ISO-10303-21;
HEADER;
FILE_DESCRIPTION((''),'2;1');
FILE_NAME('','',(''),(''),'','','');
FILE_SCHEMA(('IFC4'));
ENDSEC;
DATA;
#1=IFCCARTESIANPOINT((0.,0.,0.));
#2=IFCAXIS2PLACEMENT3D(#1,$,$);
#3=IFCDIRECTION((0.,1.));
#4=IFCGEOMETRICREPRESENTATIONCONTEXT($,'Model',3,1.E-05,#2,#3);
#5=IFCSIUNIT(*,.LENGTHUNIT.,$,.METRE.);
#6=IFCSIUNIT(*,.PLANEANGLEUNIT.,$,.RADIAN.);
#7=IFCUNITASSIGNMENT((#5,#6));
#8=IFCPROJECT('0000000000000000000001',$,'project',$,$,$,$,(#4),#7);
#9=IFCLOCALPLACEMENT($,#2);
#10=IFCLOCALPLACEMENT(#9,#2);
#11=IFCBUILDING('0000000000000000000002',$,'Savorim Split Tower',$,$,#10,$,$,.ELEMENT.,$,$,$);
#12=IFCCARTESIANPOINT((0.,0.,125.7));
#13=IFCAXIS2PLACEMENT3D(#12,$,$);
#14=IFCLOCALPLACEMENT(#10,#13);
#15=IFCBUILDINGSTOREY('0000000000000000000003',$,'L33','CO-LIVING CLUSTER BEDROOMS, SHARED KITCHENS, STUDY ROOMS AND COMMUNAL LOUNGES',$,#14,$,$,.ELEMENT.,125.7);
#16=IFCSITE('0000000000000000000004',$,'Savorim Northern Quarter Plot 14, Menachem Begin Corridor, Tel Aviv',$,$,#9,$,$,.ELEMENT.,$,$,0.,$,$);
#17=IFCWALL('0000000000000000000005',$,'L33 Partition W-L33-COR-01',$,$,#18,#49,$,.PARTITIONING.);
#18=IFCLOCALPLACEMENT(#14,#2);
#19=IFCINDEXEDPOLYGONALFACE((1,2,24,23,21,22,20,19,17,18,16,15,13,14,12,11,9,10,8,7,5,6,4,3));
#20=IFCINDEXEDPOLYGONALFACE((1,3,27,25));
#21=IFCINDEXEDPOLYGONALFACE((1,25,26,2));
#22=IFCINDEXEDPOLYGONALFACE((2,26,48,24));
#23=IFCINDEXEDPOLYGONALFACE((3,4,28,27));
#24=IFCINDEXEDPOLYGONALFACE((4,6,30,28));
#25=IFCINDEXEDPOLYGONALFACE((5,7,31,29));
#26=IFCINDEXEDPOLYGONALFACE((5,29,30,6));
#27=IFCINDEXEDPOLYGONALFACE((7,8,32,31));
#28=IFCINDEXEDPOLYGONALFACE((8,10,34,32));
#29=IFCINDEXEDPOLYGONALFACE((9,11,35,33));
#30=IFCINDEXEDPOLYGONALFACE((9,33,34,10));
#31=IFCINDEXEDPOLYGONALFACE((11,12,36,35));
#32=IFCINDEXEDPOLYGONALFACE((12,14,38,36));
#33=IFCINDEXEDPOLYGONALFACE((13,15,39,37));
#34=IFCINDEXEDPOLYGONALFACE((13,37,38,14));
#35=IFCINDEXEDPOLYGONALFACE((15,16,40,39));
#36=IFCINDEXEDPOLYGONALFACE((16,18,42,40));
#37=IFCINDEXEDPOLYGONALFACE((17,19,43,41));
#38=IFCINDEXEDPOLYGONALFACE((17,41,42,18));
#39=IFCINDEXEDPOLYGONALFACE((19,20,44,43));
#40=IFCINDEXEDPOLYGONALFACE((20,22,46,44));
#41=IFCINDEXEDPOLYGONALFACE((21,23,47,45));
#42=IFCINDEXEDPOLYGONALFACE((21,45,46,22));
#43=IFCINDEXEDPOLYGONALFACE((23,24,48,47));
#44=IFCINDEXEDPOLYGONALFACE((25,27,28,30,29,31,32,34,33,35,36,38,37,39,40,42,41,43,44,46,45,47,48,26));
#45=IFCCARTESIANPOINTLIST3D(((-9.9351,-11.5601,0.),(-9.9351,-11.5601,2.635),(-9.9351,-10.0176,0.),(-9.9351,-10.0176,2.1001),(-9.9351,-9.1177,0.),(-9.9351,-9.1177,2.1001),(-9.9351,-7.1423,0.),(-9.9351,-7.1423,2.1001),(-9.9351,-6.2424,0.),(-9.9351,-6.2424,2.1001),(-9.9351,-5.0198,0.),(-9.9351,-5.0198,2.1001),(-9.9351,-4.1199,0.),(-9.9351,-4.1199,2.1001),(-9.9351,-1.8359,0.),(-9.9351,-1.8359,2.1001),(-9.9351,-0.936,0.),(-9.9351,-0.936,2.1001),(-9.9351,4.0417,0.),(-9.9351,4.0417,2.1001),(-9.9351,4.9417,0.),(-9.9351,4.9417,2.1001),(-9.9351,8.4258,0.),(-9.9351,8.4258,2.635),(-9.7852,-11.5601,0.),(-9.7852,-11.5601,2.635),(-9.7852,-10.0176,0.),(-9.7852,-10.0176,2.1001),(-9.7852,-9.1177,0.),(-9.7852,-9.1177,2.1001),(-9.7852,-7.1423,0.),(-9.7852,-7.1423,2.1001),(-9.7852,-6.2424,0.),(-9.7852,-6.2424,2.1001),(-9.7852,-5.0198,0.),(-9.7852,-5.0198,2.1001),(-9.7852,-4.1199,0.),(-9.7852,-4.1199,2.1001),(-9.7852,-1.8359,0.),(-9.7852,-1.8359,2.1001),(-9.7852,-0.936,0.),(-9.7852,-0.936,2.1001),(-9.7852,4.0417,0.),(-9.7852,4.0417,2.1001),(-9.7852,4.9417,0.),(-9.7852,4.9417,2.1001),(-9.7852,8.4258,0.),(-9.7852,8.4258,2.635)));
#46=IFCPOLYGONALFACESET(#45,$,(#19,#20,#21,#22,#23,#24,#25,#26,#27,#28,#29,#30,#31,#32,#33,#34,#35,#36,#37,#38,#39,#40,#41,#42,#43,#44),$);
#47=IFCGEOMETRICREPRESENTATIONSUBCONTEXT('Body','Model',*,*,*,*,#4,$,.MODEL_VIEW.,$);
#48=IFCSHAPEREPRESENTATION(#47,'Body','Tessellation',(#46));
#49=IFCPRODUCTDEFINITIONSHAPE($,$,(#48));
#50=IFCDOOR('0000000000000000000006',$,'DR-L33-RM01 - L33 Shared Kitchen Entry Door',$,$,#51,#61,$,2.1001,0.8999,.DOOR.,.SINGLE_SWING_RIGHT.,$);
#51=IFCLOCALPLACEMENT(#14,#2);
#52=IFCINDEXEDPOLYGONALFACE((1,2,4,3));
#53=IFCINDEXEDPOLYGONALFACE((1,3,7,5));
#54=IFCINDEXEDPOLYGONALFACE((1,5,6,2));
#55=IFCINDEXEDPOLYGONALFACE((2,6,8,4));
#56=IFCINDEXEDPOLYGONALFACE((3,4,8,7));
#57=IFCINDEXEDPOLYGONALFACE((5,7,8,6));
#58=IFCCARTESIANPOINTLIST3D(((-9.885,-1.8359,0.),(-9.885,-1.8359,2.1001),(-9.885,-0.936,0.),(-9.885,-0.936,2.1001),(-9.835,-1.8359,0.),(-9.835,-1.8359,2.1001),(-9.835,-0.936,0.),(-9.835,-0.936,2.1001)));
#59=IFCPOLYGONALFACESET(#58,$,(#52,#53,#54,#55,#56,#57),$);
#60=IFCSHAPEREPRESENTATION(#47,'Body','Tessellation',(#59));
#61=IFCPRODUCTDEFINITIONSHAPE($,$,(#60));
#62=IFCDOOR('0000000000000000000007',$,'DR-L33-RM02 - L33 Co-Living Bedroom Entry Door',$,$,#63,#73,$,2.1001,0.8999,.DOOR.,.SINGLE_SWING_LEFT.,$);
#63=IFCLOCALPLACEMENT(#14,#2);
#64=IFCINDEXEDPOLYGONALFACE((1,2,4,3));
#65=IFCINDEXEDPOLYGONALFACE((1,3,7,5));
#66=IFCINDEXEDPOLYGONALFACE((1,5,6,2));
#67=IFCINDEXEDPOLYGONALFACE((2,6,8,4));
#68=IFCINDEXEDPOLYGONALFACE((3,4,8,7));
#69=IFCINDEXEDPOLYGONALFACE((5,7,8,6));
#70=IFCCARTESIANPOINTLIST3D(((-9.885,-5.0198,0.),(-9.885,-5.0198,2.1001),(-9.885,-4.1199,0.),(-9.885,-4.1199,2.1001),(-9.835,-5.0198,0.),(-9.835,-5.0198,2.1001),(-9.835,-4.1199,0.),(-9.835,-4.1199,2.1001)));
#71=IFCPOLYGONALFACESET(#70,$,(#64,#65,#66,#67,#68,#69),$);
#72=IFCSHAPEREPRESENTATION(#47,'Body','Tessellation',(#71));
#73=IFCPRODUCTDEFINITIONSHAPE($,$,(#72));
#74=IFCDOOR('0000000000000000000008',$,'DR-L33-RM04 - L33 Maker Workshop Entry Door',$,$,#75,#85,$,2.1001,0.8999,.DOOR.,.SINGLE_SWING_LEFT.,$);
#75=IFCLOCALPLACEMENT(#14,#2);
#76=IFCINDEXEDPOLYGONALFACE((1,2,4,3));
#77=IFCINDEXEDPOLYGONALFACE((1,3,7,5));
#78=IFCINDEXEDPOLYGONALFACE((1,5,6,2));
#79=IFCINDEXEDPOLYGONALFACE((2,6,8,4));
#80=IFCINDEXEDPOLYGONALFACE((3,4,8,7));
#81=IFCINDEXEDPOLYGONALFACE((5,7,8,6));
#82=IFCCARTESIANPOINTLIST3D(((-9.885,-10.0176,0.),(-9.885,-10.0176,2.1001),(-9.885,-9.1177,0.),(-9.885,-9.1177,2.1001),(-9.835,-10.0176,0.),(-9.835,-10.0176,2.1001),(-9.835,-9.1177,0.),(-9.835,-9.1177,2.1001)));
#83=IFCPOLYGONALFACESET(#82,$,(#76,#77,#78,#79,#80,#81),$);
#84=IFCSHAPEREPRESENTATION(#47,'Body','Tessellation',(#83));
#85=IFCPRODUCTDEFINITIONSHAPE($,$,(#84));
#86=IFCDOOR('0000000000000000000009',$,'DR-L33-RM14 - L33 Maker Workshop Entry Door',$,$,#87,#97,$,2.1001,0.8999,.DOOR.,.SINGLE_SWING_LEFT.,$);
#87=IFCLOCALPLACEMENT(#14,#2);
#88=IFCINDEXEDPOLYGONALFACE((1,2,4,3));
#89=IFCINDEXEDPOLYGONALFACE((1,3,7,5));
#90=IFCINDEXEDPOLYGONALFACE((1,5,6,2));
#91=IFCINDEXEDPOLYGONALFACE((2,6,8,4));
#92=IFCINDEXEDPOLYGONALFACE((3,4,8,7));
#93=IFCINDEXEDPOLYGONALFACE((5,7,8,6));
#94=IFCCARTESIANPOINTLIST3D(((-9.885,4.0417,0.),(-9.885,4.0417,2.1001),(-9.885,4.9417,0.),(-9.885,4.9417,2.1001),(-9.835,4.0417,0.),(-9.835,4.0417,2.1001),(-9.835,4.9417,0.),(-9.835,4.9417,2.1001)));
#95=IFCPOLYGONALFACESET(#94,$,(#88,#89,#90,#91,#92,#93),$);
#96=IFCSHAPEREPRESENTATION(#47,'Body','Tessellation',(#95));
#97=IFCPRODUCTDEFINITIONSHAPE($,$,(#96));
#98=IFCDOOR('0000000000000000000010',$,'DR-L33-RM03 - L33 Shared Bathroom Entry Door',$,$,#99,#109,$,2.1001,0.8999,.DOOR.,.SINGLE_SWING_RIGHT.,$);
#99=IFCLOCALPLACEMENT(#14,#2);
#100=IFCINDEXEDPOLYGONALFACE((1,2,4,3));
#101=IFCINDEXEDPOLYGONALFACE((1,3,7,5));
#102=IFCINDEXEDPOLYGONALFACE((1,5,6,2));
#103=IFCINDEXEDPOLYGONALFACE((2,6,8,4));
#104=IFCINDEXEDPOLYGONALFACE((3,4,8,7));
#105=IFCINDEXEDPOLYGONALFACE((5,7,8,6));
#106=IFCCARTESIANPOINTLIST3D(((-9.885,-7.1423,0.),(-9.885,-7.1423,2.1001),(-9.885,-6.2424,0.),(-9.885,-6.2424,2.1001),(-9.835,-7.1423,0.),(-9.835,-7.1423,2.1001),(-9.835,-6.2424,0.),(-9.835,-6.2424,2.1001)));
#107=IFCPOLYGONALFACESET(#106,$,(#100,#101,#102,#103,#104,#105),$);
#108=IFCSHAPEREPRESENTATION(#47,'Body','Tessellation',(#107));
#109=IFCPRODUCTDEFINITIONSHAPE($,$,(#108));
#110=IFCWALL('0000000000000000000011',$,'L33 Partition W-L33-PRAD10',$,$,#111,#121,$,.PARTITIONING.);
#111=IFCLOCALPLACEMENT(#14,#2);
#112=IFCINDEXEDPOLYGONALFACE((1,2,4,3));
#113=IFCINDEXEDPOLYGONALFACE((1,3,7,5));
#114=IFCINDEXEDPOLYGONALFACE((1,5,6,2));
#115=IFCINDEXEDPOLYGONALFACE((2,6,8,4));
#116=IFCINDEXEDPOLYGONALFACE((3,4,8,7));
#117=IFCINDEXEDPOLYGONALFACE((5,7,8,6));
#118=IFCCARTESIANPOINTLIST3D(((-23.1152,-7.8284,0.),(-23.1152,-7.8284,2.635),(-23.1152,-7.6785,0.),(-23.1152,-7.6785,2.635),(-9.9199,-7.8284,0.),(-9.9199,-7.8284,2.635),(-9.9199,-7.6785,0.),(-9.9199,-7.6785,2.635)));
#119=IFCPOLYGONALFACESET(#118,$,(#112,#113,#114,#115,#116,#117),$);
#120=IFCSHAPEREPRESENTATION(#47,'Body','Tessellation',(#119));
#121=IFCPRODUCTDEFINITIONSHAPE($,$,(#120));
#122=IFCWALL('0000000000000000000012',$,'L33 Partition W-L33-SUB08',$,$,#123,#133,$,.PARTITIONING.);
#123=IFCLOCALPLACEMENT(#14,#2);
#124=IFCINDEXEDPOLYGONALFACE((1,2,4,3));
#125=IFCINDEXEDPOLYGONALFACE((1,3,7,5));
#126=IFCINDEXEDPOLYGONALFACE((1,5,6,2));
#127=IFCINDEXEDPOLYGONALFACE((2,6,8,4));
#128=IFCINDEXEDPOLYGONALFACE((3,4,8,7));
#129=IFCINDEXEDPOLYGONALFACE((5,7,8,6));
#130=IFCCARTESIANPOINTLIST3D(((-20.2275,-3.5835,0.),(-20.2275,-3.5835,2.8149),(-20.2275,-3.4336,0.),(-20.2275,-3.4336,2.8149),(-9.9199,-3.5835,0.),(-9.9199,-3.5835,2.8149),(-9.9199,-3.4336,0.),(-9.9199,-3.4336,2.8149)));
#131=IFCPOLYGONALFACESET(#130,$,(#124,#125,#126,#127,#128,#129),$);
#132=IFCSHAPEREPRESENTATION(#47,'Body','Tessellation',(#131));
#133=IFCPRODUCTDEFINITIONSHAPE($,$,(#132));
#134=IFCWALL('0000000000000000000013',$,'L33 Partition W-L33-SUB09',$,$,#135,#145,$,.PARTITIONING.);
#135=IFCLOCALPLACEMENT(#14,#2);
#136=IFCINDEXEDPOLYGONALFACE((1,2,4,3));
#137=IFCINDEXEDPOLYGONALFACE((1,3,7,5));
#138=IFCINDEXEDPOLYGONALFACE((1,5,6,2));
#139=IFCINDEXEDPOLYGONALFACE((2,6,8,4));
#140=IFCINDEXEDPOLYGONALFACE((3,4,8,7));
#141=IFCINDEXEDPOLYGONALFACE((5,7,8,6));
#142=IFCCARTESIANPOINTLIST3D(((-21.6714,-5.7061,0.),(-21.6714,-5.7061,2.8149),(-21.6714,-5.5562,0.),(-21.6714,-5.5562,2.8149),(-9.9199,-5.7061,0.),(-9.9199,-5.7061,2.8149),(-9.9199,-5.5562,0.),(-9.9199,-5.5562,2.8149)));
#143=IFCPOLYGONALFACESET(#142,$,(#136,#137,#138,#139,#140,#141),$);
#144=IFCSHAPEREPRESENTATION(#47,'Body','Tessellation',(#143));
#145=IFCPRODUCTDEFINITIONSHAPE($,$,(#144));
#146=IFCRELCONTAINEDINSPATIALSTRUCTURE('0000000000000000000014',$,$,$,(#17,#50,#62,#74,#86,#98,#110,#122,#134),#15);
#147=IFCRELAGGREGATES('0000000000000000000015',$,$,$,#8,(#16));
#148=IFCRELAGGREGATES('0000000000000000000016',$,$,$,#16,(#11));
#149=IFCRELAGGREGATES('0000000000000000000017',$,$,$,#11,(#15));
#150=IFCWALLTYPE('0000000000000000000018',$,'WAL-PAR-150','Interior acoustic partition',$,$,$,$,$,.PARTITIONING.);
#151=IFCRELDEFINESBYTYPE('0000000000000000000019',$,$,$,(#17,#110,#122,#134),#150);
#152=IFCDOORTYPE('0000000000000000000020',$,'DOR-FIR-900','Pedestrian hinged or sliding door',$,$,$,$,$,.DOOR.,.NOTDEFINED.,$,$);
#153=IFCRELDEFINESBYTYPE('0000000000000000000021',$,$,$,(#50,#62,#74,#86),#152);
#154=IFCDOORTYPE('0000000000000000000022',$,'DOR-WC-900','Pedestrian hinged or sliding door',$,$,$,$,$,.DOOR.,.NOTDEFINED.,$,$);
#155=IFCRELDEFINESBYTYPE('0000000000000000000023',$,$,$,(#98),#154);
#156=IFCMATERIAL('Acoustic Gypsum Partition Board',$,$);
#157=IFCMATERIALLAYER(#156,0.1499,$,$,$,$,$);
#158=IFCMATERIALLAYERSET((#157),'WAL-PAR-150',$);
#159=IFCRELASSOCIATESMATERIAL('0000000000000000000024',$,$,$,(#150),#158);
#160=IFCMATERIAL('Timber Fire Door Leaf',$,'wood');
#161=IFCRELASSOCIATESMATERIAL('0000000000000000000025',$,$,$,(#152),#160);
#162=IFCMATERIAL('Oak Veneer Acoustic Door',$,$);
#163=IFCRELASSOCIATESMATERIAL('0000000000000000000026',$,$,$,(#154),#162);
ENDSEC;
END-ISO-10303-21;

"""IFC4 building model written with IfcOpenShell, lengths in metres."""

from ifc_helpers import new_model, si_unit, direction, frame, frame_2d, origin, place, context, subcontext, project, spatial, rectangle, extrude, material, layer, layer_set, type_object, element, fill, save


model = new_model("IFC4")

# Units and contexts
model_context = context("Model", 3, precision=1e-05, world=origin(), true_north=direction((0.0, 1.0)))
body_context = subcontext(model_context, "Body", "Model", "MODEL_VIEW")
ifc_project = project(units=[si_unit("LENGTHUNIT", "METRE"), si_unit("PLANEANGLEUNIT", "RADIAN")], contexts=[model_context])

# Site, building, storey
site_placement = place(None, origin())
site = spatial("IfcSite", under=ifc_project, at=site_placement, Name="Savorim Northern Quarter Plot 14, Menachem Begin Corridor, Tel Aviv", CompositionType="ELEMENT", RefElevation=0.0)
building_placement = place(site_placement, origin())
building = spatial("IfcBuilding", under=site, at=building_placement, Name="Savorim Split Tower", CompositionType="ELEMENT")
storey_placement = place(building_placement, frame((0.0, 0.0, 125.7)))
storey = spatial("IfcBuildingStorey", under=building, at=storey_placement, Name="L33", Description="CO-LIVING CLUSTER BEDROOMS, SHARED KITCHENS, STUDY ROOMS AND COMMUNAL LOUNGES", CompositionType="ELEMENT", Elevation=125.7)

# Shared definitions
ifc_material_1 = material(Name="Timber Fire Door Leaf", Category="wood")

# Wall, openings, doors
ifc_material_2 = material(Name="Acoustic Gypsum Partition Board")
ifc_layer_1 = layer(ifc_material_2, 0.1499)
ifc_layer_set_1 = layer_set([ifc_layer_1], Name="WAL-PAR-150")
wall_type_1 = type_object("IfcWallType", Name="WAL-PAR-150", Description="Interior acoustic partition", PredefinedType="PARTITIONING", material=ifc_layer_set_1)
wall_1_placement = place(storey_placement, frame((-9.8601, -11.5601, 0.0), z_axis=(0.0, 0.0, 1.0), x_axis=(0.0, 1.0, 0.0)))
wall_1 = element("IfcWall", 1, at=wall_1_placement, inside=storey, type_object=wall_type_1, Name="L33 Partition W-L33-COR-01", PredefinedType="PARTITIONING", context=body_context, shape_type="SweptSolid", body=[
    extrude(rectangle(XDim=19.9858, YDim=0.1499, at=frame_2d((9.9929, 0.0))), origin(), (0.0, 0.0, 1.0), 2.635),
])
opening_1_placement = place(wall_1_placement, frame((9.7241, 0.0, 0.0)))
opening_1 = element("IfcOpeningElement", 2, at=opening_1_placement, cuts=wall_1, PredefinedType="OPENING", context=body_context, shape_type="SweptSolid", body=[
    extrude(rectangle(XDim=0.8999, YDim=2.1001, at=frame_2d((0.45, 1.05))), frame((0.0, 0.085, 0.0), z_axis=(0.0, -1.0, 0.0), x_axis=(1.0, 0.0, 0.0)), (0.0, 0.0, 1.0), 0.1699),
])
opening_2_placement = place(wall_1_placement, frame((6.5403, 0.0, 0.0)))
opening_2 = element("IfcOpeningElement", 3, at=opening_2_placement, cuts=wall_1, PredefinedType="OPENING", context=body_context, shape_type="SweptSolid", body=[
    extrude(rectangle(XDim=0.8999, YDim=2.1001, at=frame_2d((0.45, 1.05))), frame((0.0, 0.085, 0.0), z_axis=(0.0, -1.0, 0.0), x_axis=(1.0, 0.0, 0.0)), (0.0, 0.0, 1.0), 0.1699),
])
opening_3_placement = place(wall_1_placement, frame((4.4177, 0.0, 0.0)))
opening_3 = element("IfcOpeningElement", 4, at=opening_3_placement, cuts=wall_1, PredefinedType="OPENING", context=body_context, shape_type="SweptSolid", body=[
    extrude(rectangle(XDim=0.8999, YDim=2.1001, at=frame_2d((0.45, 1.05))), frame((0.0, 0.085, 0.0), z_axis=(0.0, -1.0, 0.0), x_axis=(1.0, 0.0, 0.0)), (0.0, 0.0, 1.0), 0.1699),
])
opening_4_placement = place(wall_1_placement, frame((1.5425, 0.0, 0.0)))
opening_4 = element("IfcOpeningElement", 5, at=opening_4_placement, cuts=wall_1, PredefinedType="OPENING", context=body_context, shape_type="SweptSolid", body=[
    extrude(rectangle(XDim=0.8999, YDim=2.1001, at=frame_2d((0.45, 1.05))), frame((0.0, 0.085, 0.0), z_axis=(0.0, -1.0, 0.0), x_axis=(1.0, 0.0, 0.0)), (0.0, 0.0, 1.0), 0.1699),
])
opening_5_placement = place(wall_1_placement, frame((15.6018, 0.0, 0.0)))
opening_5 = element("IfcOpeningElement", 6, at=opening_5_placement, cuts=wall_1, PredefinedType="OPENING", context=body_context, shape_type="SweptSolid", body=[
    extrude(rectangle(XDim=0.8999, YDim=2.1001, at=frame_2d((0.45, 1.05))), frame((0.0, 0.085, 0.0), z_axis=(0.0, -1.0, 0.0), x_axis=(1.0, 0.0, 0.0)), (0.0, 0.0, 1.0), 0.1699),
])
door_type_1 = type_object("IfcDoorType", Name="DOR-FIR-900", Description="Pedestrian hinged or sliding door", OperationType="NOTDEFINED", PredefinedType="DOOR", material=ifc_material_1)
door_1_placement = place(opening_1_placement, origin())
door_1 = element("IfcDoor", 7, at=door_1_placement, inside=storey, type_object=door_type_1, Name="DR-L33-RM01 - L33 Shared Kitchen Entry Door", OperationType="SINGLE_SWING_RIGHT", OverallHeight=2.1001, OverallWidth=0.8999, PredefinedType="DOOR", context=body_context, shape_type="SweptSolid", body=[
    extrude(rectangle(XDim=0.8999, YDim=2.1001, at=frame_2d((0.45, 1.05))), frame((0.0, 0.0249, 0.0), z_axis=(0.0, -1.0, 0.0), x_axis=(1.0, 0.0, 0.0)), (0.0, 0.0, 1.0), 0.05),
])
fill(opening_1, door_1)
door_2_placement = place(opening_2_placement, origin())
door_2 = element("IfcDoor", 8, at=door_2_placement, inside=storey, type_object=door_type_1, Name="DR-L33-RM02 - L33 Co-Living Bedroom Entry Door", OperationType="SINGLE_SWING_LEFT", OverallHeight=2.1001, OverallWidth=0.8999, PredefinedType="DOOR", context=body_context, shape_type="SweptSolid", body=[
    extrude(rectangle(XDim=0.8999, YDim=2.1001, at=frame_2d((0.45, 1.05))), frame((0.0, 0.0249, 0.0), z_axis=(0.0, -1.0, 0.0), x_axis=(1.0, 0.0, 0.0)), (0.0, 0.0, 1.0), 0.05),
])
fill(opening_2, door_2)
door_3_placement = place(opening_4_placement, origin())
door_3 = element("IfcDoor", 9, at=door_3_placement, inside=storey, type_object=door_type_1, Name="DR-L33-RM04 - L33 Maker Workshop Entry Door", OperationType="SINGLE_SWING_LEFT", OverallHeight=2.1001, OverallWidth=0.8999, PredefinedType="DOOR", context=body_context, shape_type="SweptSolid", body=[
    extrude(rectangle(XDim=0.8999, YDim=2.1001, at=frame_2d((0.45, 1.05))), frame((0.0, 0.0249, 0.0), z_axis=(0.0, -1.0, 0.0), x_axis=(1.0, 0.0, 0.0)), (0.0, 0.0, 1.0), 0.05),
])
fill(opening_4, door_3)
door_4_placement = place(opening_5_placement, origin())
door_4 = element("IfcDoor", 10, at=door_4_placement, inside=storey, type_object=door_type_1, Name="DR-L33-RM14 - L33 Maker Workshop Entry Door", OperationType="SINGLE_SWING_LEFT", OverallHeight=2.1001, OverallWidth=0.8999, PredefinedType="DOOR", context=body_context, shape_type="SweptSolid", body=[
    extrude(rectangle(XDim=0.8999, YDim=2.1001, at=frame_2d((0.45, 1.05))), frame((0.0, 0.0249, 0.0), z_axis=(0.0, -1.0, 0.0), x_axis=(1.0, 0.0, 0.0)), (0.0, 0.0, 1.0), 0.05),
])
fill(opening_5, door_4)
ifc_material_3 = material(Name="Oak Veneer Acoustic Door")
door_type_2 = type_object("IfcDoorType", Name="DOR-WC-900", Description="Pedestrian hinged or sliding door", OperationType="NOTDEFINED", PredefinedType="DOOR", material=ifc_material_3)
door_5_placement = place(opening_3_placement, origin())
door_5 = element("IfcDoor", 11, at=door_5_placement, inside=storey, type_object=door_type_2, Name="DR-L33-RM03 - L33 Shared Bathroom Entry Door", OperationType="SINGLE_SWING_RIGHT", OverallHeight=2.1001, OverallWidth=0.8999, PredefinedType="DOOR", context=body_context, shape_type="SweptSolid", body=[
    extrude(rectangle(XDim=0.8999, YDim=2.1001, at=frame_2d((0.45, 1.05))), frame((0.0, 0.0249, 0.0), z_axis=(0.0, -1.0, 0.0), x_axis=(1.0, 0.0, 0.0)), (0.0, 0.0, 1.0), 0.05),
])
fill(opening_3, door_5)

# Walls
wall_2_placement = place(storey_placement, frame((-9.9199, -7.7534, 0.0), z_axis=(0.0, 0.0, 1.0), x_axis=(-1.0, 0.0, 0.0)))
element("IfcWall", 12, at=wall_2_placement, inside=storey, type_object=wall_type_1, Name="L33 Partition W-L33-PRAD10", PredefinedType="PARTITIONING", context=body_context, shape_type="SweptSolid", body=[
    extrude(rectangle(XDim=13.1953, YDim=0.1499, at=frame_2d((6.5977, 0.0))), origin(), (0.0, 0.0, 1.0), 2.635),
])
wall_3_placement = place(storey_placement, frame((-9.9199, -3.5085, 0.0), z_axis=(0.0, 0.0, 1.0), x_axis=(-1.0, 0.0, 0.0)))
element("IfcWall", 13, at=wall_3_placement, inside=storey, type_object=wall_type_1, Name="L33 Partition W-L33-SUB08", PredefinedType="PARTITIONING", context=body_context, shape_type="SweptSolid", body=[
    extrude(rectangle(XDim=10.3076, YDim=0.1499, at=frame_2d((5.1538, 0.0))), origin(), (0.0, 0.0, 1.0), 2.8149),
])
wall_4_placement = place(storey_placement, frame((-9.9199, -5.6311, 0.0), z_axis=(0.0, 0.0, 1.0), x_axis=(-1.0, 0.0, 0.0)))
element("IfcWall", 14, at=wall_4_placement, inside=storey, type_object=wall_type_1, Name="L33 Partition W-L33-SUB09", PredefinedType="PARTITIONING", context=body_context, shape_type="SweptSolid", body=[
    extrude(rectangle(XDim=11.7515, YDim=0.1499, at=frame_2d((5.8757, 0.0))), origin(), (0.0, 0.0, 1.0), 2.8149),
])

save(model, "model.ifc")
